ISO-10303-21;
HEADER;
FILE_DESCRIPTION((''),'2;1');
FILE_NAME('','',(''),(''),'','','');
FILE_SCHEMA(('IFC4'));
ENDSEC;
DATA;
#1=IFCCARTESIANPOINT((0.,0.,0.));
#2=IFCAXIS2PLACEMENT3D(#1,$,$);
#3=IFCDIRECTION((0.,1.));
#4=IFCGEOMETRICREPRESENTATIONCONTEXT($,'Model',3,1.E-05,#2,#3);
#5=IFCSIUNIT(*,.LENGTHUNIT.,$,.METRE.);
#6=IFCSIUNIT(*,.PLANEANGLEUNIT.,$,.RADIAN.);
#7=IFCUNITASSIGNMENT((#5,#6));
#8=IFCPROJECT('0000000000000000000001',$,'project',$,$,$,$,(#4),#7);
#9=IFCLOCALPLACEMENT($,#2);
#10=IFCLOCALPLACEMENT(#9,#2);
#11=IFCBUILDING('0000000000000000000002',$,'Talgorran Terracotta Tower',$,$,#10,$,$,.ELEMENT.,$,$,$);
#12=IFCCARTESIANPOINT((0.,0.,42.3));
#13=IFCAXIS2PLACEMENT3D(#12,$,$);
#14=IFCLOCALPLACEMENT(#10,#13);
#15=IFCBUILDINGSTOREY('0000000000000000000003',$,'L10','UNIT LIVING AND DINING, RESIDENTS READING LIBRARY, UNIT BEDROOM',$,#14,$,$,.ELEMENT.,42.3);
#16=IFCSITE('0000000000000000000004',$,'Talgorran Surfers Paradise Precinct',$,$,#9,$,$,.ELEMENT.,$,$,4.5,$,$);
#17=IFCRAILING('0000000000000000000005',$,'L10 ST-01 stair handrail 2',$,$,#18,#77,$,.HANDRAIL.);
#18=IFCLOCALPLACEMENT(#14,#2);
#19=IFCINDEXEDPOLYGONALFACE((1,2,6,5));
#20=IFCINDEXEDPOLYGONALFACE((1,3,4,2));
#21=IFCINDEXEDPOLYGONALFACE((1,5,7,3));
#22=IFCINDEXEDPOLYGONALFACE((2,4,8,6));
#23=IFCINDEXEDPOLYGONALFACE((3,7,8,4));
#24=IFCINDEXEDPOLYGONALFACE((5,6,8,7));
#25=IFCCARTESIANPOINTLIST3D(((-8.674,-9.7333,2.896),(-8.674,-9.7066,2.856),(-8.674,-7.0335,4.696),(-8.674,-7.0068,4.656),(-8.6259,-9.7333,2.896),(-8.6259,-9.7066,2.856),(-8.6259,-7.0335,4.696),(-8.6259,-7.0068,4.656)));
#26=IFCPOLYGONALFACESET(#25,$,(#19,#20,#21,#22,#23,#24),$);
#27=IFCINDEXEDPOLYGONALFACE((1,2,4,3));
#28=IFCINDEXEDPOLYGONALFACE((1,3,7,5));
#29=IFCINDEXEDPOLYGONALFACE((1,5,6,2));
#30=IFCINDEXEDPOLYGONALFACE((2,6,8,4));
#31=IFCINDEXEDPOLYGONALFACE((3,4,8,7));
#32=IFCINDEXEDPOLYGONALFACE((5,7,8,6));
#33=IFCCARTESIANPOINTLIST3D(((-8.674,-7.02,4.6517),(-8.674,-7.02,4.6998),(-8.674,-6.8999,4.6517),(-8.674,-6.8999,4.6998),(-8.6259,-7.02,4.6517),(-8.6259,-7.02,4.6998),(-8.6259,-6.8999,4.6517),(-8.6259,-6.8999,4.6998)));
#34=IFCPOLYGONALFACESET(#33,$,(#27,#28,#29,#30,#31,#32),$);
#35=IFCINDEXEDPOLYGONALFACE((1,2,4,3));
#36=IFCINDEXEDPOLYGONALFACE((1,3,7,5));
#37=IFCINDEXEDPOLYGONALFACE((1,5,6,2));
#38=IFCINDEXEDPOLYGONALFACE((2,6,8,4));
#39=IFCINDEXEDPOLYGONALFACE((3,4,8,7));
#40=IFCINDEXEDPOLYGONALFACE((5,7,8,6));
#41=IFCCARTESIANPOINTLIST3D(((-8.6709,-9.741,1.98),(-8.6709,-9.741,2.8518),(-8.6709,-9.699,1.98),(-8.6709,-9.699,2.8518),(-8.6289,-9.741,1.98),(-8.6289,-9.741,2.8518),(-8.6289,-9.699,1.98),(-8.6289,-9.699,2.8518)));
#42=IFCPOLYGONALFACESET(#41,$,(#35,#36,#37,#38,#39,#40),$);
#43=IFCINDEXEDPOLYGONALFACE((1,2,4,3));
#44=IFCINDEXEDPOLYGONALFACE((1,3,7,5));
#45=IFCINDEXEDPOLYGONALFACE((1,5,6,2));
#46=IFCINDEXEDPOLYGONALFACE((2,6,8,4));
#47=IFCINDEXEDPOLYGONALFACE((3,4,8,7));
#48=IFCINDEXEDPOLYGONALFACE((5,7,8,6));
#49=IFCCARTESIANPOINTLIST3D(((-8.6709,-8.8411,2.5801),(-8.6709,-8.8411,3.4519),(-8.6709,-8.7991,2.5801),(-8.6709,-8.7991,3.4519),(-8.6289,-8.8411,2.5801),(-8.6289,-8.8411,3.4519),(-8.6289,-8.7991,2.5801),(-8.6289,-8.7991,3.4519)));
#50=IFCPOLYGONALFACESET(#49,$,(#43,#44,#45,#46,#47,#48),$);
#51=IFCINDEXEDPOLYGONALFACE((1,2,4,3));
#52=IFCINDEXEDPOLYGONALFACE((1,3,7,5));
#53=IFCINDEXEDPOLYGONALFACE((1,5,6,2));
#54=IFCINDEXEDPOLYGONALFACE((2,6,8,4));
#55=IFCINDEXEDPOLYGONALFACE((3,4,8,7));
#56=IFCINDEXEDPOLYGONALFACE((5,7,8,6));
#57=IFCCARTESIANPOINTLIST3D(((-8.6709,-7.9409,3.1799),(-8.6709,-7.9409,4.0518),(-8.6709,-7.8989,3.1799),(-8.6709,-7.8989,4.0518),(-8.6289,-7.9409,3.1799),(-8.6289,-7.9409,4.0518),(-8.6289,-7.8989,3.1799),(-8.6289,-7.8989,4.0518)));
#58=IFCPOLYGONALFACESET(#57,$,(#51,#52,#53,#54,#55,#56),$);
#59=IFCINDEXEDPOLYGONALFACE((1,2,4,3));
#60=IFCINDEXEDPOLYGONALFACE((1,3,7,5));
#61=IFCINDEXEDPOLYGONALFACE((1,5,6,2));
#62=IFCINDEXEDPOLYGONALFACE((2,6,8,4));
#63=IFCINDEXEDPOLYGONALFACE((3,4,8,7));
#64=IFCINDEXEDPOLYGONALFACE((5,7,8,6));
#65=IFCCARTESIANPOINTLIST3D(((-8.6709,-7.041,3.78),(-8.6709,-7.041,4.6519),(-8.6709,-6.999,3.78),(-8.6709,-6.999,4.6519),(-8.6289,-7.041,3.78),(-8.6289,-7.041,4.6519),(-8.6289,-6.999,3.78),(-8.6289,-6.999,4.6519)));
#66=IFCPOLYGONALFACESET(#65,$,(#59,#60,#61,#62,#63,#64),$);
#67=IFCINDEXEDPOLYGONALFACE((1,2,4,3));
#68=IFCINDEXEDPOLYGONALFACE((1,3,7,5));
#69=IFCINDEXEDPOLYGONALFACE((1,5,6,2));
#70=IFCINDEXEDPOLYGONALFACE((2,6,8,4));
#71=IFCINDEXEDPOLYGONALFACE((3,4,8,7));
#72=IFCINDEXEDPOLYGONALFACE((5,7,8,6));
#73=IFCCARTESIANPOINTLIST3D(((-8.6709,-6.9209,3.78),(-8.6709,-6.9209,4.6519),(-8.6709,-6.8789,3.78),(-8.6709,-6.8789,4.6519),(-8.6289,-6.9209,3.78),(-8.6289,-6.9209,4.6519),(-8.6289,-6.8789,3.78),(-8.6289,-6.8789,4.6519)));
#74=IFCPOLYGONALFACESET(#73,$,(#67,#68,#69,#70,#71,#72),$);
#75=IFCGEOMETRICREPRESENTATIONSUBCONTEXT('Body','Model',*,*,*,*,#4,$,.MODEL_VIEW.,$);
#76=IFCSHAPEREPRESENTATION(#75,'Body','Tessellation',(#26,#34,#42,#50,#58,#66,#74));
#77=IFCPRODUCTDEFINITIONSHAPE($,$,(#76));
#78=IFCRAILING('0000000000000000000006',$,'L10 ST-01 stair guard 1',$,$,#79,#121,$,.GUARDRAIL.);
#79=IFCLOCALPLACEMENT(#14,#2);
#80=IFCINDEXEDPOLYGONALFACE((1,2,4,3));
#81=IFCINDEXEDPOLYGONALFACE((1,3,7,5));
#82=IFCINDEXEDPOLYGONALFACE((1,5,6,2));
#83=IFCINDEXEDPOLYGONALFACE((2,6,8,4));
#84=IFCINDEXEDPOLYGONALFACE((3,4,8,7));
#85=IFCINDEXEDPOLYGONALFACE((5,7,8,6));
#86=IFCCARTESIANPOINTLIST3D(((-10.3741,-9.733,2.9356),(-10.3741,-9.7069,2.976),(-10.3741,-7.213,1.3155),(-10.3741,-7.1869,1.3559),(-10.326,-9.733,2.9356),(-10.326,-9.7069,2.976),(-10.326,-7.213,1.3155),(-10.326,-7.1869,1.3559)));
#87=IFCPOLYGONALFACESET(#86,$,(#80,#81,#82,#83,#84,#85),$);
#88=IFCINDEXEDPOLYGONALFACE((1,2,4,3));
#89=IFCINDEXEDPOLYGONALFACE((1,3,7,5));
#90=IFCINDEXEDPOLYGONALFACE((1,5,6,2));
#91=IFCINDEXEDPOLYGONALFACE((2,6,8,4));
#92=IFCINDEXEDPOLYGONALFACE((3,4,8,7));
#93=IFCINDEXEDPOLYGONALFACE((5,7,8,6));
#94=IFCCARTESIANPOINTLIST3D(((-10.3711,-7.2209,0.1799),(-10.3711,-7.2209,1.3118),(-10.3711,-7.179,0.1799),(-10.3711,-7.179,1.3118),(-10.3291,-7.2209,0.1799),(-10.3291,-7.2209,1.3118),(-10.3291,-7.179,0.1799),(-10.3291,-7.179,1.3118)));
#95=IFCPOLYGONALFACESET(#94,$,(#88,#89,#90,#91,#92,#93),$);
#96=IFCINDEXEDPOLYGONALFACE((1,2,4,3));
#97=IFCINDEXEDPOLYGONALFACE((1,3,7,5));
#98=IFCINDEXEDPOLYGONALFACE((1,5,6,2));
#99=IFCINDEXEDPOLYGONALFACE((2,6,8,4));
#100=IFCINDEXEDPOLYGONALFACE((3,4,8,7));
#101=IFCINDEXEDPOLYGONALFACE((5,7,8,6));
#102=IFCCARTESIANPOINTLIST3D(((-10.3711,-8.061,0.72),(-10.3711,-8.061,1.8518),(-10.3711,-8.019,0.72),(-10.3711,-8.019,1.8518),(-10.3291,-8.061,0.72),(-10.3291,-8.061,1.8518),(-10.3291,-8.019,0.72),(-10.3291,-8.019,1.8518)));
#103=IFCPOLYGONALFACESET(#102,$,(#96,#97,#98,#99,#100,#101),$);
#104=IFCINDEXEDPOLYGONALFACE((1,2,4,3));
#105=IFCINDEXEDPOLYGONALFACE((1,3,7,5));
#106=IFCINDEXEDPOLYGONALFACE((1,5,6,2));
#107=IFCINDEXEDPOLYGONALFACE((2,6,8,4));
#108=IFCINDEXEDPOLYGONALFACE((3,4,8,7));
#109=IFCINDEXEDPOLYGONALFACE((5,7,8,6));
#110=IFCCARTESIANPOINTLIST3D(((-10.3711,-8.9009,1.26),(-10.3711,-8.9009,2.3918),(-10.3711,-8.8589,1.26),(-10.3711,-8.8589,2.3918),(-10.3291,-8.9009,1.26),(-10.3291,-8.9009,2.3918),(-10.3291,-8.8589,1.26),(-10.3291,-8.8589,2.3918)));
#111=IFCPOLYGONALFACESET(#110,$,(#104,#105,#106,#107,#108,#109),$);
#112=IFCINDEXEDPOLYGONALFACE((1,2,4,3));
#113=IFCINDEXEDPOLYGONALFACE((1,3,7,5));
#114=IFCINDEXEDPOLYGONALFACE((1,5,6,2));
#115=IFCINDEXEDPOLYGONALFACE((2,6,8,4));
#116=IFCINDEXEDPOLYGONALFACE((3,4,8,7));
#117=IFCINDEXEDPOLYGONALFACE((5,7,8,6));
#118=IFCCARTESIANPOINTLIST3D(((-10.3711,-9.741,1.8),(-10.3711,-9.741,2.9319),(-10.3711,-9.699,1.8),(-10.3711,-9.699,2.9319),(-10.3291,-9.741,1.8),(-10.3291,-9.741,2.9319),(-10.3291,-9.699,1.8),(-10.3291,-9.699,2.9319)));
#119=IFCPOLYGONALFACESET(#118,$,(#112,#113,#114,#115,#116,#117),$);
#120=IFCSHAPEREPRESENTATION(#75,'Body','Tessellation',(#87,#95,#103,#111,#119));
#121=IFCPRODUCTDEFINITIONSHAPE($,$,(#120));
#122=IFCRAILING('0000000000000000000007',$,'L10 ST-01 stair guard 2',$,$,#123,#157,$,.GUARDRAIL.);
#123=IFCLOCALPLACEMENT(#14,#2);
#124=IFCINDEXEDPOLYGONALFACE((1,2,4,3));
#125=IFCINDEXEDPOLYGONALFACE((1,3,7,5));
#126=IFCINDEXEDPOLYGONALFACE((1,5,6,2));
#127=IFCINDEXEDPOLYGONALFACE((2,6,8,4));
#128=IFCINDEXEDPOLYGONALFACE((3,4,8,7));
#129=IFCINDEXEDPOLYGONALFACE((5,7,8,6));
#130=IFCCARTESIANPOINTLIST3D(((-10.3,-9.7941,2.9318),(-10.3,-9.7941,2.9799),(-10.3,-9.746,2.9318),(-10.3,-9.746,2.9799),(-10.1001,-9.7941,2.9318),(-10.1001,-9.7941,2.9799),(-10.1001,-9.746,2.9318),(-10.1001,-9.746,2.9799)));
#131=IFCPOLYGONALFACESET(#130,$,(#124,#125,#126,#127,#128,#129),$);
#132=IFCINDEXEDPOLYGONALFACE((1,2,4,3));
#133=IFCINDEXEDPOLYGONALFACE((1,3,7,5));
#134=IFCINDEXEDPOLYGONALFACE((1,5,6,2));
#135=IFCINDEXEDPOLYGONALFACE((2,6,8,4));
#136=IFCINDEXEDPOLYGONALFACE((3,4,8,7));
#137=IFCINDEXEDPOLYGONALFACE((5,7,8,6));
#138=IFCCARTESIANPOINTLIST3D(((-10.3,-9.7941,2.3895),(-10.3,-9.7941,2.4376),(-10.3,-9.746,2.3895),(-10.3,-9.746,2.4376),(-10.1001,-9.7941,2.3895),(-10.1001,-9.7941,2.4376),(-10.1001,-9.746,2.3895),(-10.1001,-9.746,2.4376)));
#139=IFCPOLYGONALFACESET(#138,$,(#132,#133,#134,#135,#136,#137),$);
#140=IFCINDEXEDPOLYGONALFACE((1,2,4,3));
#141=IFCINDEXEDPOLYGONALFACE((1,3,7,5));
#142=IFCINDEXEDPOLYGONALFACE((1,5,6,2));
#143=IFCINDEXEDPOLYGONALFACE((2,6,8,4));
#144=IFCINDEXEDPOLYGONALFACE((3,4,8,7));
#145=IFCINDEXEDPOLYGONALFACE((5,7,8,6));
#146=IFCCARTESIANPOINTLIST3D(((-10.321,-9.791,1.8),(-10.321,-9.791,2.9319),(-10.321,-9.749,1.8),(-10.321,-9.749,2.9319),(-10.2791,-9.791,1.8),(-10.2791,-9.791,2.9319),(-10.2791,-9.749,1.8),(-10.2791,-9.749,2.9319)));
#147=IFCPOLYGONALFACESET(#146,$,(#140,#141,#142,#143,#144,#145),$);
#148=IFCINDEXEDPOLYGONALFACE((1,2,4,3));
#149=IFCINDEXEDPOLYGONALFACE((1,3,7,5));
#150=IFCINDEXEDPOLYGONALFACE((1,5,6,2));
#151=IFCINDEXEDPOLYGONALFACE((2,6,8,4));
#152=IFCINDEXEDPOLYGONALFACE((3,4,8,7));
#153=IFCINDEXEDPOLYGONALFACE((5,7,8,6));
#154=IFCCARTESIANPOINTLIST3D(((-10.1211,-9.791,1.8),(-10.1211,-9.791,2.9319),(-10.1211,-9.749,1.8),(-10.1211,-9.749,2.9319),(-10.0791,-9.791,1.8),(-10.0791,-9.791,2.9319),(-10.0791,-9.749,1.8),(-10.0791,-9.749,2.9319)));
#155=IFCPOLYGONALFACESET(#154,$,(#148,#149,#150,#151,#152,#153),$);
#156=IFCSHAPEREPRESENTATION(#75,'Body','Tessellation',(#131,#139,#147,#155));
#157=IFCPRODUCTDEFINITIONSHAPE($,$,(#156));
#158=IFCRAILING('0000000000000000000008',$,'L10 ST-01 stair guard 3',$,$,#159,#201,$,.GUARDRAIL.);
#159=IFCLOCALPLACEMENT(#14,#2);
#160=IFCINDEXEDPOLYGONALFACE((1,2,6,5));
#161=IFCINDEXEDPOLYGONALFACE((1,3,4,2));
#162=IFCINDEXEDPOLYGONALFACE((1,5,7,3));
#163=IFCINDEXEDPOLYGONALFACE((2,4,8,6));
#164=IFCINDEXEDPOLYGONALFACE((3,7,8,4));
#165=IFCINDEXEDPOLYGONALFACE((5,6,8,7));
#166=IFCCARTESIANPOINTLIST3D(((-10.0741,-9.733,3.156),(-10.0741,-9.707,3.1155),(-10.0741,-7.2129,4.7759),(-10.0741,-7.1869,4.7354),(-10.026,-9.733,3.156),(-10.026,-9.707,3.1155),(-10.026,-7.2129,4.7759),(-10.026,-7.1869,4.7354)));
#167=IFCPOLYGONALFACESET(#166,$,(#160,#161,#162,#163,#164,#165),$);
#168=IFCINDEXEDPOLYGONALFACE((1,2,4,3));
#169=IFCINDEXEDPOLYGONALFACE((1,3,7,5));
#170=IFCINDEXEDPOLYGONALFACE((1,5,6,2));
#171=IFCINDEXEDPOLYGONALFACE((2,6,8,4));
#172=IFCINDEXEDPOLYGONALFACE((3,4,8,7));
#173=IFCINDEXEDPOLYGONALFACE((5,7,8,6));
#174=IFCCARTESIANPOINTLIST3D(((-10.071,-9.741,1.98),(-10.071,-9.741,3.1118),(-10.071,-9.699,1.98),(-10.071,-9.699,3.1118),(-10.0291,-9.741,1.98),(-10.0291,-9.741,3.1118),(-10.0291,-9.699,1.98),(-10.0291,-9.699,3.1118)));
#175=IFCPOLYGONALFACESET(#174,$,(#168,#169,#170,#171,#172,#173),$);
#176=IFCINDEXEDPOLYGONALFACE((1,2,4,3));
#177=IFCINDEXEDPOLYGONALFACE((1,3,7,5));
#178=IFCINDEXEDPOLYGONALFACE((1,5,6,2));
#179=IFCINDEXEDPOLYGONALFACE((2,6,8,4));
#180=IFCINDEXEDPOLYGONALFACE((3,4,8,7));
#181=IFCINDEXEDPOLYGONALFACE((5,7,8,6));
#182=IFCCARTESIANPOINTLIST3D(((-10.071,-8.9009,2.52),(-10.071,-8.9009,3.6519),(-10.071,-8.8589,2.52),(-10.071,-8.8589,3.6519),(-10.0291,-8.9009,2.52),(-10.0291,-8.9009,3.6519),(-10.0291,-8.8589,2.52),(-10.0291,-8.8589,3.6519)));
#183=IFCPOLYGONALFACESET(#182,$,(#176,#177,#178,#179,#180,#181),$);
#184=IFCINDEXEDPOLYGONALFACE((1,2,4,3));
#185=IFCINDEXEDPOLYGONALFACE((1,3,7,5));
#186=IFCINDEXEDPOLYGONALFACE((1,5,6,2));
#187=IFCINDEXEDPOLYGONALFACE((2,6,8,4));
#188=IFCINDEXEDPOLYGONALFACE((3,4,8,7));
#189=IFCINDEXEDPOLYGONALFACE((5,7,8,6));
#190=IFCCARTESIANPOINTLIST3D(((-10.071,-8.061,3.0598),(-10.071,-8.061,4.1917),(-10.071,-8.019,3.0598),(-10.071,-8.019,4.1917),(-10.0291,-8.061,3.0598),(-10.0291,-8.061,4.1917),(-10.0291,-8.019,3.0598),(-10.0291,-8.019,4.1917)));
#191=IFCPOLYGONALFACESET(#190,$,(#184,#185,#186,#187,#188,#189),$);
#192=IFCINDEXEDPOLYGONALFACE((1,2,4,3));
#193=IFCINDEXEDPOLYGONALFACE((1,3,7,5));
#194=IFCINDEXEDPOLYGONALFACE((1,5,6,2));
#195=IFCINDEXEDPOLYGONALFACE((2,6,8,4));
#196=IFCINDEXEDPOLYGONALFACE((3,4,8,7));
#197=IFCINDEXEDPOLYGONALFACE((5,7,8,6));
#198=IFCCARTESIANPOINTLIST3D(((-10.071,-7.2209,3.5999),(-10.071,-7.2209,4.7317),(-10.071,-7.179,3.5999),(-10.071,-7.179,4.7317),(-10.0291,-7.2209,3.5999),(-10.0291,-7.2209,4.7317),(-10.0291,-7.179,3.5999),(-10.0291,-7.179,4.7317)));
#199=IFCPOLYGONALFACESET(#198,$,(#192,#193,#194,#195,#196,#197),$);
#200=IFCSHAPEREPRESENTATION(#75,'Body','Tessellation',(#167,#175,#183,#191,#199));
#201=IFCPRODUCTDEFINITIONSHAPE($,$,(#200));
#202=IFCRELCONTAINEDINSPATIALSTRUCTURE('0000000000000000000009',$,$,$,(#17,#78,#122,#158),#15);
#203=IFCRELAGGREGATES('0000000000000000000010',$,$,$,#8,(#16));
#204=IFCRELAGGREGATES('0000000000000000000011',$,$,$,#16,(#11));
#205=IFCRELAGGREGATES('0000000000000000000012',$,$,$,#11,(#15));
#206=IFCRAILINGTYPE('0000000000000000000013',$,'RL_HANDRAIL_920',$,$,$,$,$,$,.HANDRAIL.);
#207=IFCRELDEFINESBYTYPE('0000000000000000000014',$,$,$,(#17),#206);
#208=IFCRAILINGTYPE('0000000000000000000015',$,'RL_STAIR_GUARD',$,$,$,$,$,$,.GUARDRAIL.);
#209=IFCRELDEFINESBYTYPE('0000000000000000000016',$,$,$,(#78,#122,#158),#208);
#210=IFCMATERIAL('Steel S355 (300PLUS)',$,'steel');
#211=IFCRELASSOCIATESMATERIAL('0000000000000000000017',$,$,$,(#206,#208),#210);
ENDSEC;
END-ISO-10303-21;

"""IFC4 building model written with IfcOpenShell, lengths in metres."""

from ifc_helpers import new_model, si_unit, direction, frame, origin, origin_2d, place, context, subcontext, project, spatial, rectangle, extrude, material, type_object, element, save


model = new_model("IFC4")

# Units and contexts
model_context = context("Model", 3, precision=1e-05, world=origin(), true_north=direction((0.0, 1.0)))
body_context = subcontext(model_context, "Body", "Model", "MODEL_VIEW")
ifc_project = project(units=[si_unit("LENGTHUNIT", "METRE"), si_unit("PLANEANGLEUNIT", "RADIAN")], contexts=[model_context])

# Site, building, storey
site_placement = place(None, origin())
site = spatial("IfcSite", under=ifc_project, at=site_placement, Name="Talgorran Surfers Paradise Precinct", CompositionType="ELEMENT", RefElevation=4.5)
building_placement = place(site_placement, origin())
building = spatial("IfcBuilding", under=site, at=building_placement, Name="Talgorran Terracotta Tower", CompositionType="ELEMENT")
storey_placement = place(building_placement, frame((0.0, 0.0, 42.3)))
storey = spatial("IfcBuildingStorey", under=building, at=storey_placement, Name="L10", Description="UNIT LIVING AND DINING, RESIDENTS READING LIBRARY, UNIT BEDROOM", CompositionType="ELEMENT", Elevation=42.3)

# Railings
ifc_material_1 = material(Name="Steel S355 (300PLUS)", Category="steel")
railing_type_1 = type_object("IfcRailingType", Name="RL_HANDRAIL_920", PredefinedType="HANDRAIL", material=ifc_material_1)
railing_1_placement = place(storey_placement, frame((-8.6499, -9.72, 1.98)))
element("IfcRailing", 1, at=railing_1_placement, inside=storey, type_object=railing_type_1, Name="L10 ST-01 stair handrail 2", PredefinedType="HANDRAIL", context=body_context, shape_type="SweptSolid", body=[
    extrude(rectangle(XDim=0.0481, YDim=0.0481, at=origin_2d()), frame((0.0, 0.0, 0.896), z_axis=(0.0, 0.832039, 0.554718), x_axis=(-1.0, 0.0, 0.0)), (0.0, 0.0, 1.0), 3.2449),
    extrude(rectangle(XDim=0.0481, YDim=0.0481, at=origin_2d()), frame((0.0, 2.7, 2.6958), z_axis=(0.0, 1.0, 0.0), x_axis=(-1.0, 0.0, 0.0)), (0.0, 0.0, 1.0), 0.1201),
    extrude(rectangle(XDim=0.042, YDim=0.042, at=origin_2d()), origin(), (0.0, 0.0, 1.0), 0.8718),
    extrude(rectangle(XDim=0.042, YDim=0.042, at=origin_2d()), frame((0.0, 0.8999, 0.6001)), (0.0, 0.0, 1.0), 0.8718),
    extrude(rectangle(XDim=0.042, YDim=0.042, at=origin_2d()), frame((0.0, 1.8, 1.2)), (0.0, 0.0, 1.0), 0.8718),
    extrude(rectangle(XDim=0.042, YDim=0.042, at=origin_2d()), frame((0.0, 2.7, 1.8)), (0.0, 0.0, 1.0), 0.8718),
    extrude(rectangle(XDim=0.042, YDim=0.042, at=origin_2d()), frame((0.0, 2.8201, 1.8)), (0.0, 0.0, 1.0), 0.8718),
])
railing_type_2 = type_object("IfcRailingType", Name="RL_STAIR_GUARD", PredefinedType="GUARDRAIL", material=ifc_material_1)
railing_2_placement = place(storey_placement, frame((-10.3501, -7.2, 0.1799)))
element("IfcRailing", 2, at=railing_2_placement, inside=storey, type_object=railing_type_2, Name="L10 ST-01 stair guard 1", PredefinedType="GUARDRAIL", context=body_context, shape_type="SweptSolid", body=[
    extrude(rectangle(XDim=0.0481, YDim=0.0481, at=origin_2d()), frame((0.0, 0.0, 1.1558), z_axis=(0.0, -0.841163, 0.540782), x_axis=(1.0, 0.0, 0.0)), (0.0, 0.0, 1.0), 2.9958),
    extrude(rectangle(XDim=0.042, YDim=0.042, at=origin_2d()), origin(), (0.0, 0.0, 1.0), 1.1318),
    extrude(rectangle(XDim=0.042, YDim=0.042, at=origin_2d()), frame((0.0, -0.8401, 0.54)), (0.0, 0.0, 1.0), 1.1318),
    extrude(rectangle(XDim=0.042, YDim=0.042, at=origin_2d()), frame((0.0, -1.6799, 1.0801)), (0.0, 0.0, 1.0), 1.1318),
    extrude(rectangle(XDim=0.042, YDim=0.042, at=origin_2d()), frame((0.0, -2.52, 1.6201)), (0.0, 0.0, 1.0), 1.1318),
])
railing_3_placement = place(storey_placement, frame((-10.3, -9.77, 1.8)))
element("IfcRailing", 3, at=railing_3_placement, inside=storey, type_object=railing_type_2, Name="L10 ST-01 stair guard 2", PredefinedType="GUARDRAIL", context=body_context, shape_type="SweptSolid", body=[
    extrude(rectangle(XDim=0.0481, YDim=0.0481, at=origin_2d()), frame((0.0, 0.0, 1.1558), z_axis=(1.0, 0.0, 0.0), x_axis=(0.0, 1.0, 0.0)), (0.0, 0.0, 1.0), 0.2),
    extrude(rectangle(XDim=0.0481, YDim=0.0481, at=origin_2d()), frame((0.0, 0.0, 0.6135), z_axis=(1.0, 0.0, 0.0), x_axis=(0.0, 1.0, 0.0)), (0.0, 0.0, 1.0), 0.2),
    extrude(rectangle(XDim=0.042, YDim=0.042, at=origin_2d()), origin(), (0.0, 0.0, 1.0), 1.1318),
    extrude(rectangle(XDim=0.042, YDim=0.042, at=origin_2d()), frame((0.2, 0.0, 0.0)), (0.0, 0.0, 1.0), 1.1318),
])
railing_4_placement = place(storey_placement, frame((-10.05, -9.72, 1.98)))
element("IfcRailing", 4, at=railing_4_placement, inside=storey, type_object=railing_type_2, Name="L10 ST-01 stair guard 3", PredefinedType="GUARDRAIL", context=body_context, shape_type="SweptSolid", body=[
    extrude(rectangle(XDim=0.0481, YDim=0.0481, at=origin_2d()), frame((0.0, 0.0, 1.1558), z_axis=(0.0, 0.8412, 0.540725), x_axis=(-1.0, 0.0, 0.0)), (0.0, 0.0, 1.0), 2.9958),
    extrude(rectangle(XDim=0.042, YDim=0.042, at=origin_2d()), origin(), (0.0, 0.0, 1.0), 1.1318),
    extrude(rectangle(XDim=0.042, YDim=0.042, at=origin_2d()), frame((0.0, 0.8401, 0.54)), (0.0, 0.0, 1.0), 1.1318),
    extrude(rectangle(XDim=0.042, YDim=0.042, at=origin_2d()), frame((0.0, 1.6799, 1.0798)), (0.0, 0.0, 1.0), 1.1318),
    extrude(rectangle(XDim=0.042, YDim=0.042, at=origin_2d()), frame((0.0, 2.52, 1.6199)), (0.0, 0.0, 1.0), 1.1318),
])

save(model, "model.ifc")
